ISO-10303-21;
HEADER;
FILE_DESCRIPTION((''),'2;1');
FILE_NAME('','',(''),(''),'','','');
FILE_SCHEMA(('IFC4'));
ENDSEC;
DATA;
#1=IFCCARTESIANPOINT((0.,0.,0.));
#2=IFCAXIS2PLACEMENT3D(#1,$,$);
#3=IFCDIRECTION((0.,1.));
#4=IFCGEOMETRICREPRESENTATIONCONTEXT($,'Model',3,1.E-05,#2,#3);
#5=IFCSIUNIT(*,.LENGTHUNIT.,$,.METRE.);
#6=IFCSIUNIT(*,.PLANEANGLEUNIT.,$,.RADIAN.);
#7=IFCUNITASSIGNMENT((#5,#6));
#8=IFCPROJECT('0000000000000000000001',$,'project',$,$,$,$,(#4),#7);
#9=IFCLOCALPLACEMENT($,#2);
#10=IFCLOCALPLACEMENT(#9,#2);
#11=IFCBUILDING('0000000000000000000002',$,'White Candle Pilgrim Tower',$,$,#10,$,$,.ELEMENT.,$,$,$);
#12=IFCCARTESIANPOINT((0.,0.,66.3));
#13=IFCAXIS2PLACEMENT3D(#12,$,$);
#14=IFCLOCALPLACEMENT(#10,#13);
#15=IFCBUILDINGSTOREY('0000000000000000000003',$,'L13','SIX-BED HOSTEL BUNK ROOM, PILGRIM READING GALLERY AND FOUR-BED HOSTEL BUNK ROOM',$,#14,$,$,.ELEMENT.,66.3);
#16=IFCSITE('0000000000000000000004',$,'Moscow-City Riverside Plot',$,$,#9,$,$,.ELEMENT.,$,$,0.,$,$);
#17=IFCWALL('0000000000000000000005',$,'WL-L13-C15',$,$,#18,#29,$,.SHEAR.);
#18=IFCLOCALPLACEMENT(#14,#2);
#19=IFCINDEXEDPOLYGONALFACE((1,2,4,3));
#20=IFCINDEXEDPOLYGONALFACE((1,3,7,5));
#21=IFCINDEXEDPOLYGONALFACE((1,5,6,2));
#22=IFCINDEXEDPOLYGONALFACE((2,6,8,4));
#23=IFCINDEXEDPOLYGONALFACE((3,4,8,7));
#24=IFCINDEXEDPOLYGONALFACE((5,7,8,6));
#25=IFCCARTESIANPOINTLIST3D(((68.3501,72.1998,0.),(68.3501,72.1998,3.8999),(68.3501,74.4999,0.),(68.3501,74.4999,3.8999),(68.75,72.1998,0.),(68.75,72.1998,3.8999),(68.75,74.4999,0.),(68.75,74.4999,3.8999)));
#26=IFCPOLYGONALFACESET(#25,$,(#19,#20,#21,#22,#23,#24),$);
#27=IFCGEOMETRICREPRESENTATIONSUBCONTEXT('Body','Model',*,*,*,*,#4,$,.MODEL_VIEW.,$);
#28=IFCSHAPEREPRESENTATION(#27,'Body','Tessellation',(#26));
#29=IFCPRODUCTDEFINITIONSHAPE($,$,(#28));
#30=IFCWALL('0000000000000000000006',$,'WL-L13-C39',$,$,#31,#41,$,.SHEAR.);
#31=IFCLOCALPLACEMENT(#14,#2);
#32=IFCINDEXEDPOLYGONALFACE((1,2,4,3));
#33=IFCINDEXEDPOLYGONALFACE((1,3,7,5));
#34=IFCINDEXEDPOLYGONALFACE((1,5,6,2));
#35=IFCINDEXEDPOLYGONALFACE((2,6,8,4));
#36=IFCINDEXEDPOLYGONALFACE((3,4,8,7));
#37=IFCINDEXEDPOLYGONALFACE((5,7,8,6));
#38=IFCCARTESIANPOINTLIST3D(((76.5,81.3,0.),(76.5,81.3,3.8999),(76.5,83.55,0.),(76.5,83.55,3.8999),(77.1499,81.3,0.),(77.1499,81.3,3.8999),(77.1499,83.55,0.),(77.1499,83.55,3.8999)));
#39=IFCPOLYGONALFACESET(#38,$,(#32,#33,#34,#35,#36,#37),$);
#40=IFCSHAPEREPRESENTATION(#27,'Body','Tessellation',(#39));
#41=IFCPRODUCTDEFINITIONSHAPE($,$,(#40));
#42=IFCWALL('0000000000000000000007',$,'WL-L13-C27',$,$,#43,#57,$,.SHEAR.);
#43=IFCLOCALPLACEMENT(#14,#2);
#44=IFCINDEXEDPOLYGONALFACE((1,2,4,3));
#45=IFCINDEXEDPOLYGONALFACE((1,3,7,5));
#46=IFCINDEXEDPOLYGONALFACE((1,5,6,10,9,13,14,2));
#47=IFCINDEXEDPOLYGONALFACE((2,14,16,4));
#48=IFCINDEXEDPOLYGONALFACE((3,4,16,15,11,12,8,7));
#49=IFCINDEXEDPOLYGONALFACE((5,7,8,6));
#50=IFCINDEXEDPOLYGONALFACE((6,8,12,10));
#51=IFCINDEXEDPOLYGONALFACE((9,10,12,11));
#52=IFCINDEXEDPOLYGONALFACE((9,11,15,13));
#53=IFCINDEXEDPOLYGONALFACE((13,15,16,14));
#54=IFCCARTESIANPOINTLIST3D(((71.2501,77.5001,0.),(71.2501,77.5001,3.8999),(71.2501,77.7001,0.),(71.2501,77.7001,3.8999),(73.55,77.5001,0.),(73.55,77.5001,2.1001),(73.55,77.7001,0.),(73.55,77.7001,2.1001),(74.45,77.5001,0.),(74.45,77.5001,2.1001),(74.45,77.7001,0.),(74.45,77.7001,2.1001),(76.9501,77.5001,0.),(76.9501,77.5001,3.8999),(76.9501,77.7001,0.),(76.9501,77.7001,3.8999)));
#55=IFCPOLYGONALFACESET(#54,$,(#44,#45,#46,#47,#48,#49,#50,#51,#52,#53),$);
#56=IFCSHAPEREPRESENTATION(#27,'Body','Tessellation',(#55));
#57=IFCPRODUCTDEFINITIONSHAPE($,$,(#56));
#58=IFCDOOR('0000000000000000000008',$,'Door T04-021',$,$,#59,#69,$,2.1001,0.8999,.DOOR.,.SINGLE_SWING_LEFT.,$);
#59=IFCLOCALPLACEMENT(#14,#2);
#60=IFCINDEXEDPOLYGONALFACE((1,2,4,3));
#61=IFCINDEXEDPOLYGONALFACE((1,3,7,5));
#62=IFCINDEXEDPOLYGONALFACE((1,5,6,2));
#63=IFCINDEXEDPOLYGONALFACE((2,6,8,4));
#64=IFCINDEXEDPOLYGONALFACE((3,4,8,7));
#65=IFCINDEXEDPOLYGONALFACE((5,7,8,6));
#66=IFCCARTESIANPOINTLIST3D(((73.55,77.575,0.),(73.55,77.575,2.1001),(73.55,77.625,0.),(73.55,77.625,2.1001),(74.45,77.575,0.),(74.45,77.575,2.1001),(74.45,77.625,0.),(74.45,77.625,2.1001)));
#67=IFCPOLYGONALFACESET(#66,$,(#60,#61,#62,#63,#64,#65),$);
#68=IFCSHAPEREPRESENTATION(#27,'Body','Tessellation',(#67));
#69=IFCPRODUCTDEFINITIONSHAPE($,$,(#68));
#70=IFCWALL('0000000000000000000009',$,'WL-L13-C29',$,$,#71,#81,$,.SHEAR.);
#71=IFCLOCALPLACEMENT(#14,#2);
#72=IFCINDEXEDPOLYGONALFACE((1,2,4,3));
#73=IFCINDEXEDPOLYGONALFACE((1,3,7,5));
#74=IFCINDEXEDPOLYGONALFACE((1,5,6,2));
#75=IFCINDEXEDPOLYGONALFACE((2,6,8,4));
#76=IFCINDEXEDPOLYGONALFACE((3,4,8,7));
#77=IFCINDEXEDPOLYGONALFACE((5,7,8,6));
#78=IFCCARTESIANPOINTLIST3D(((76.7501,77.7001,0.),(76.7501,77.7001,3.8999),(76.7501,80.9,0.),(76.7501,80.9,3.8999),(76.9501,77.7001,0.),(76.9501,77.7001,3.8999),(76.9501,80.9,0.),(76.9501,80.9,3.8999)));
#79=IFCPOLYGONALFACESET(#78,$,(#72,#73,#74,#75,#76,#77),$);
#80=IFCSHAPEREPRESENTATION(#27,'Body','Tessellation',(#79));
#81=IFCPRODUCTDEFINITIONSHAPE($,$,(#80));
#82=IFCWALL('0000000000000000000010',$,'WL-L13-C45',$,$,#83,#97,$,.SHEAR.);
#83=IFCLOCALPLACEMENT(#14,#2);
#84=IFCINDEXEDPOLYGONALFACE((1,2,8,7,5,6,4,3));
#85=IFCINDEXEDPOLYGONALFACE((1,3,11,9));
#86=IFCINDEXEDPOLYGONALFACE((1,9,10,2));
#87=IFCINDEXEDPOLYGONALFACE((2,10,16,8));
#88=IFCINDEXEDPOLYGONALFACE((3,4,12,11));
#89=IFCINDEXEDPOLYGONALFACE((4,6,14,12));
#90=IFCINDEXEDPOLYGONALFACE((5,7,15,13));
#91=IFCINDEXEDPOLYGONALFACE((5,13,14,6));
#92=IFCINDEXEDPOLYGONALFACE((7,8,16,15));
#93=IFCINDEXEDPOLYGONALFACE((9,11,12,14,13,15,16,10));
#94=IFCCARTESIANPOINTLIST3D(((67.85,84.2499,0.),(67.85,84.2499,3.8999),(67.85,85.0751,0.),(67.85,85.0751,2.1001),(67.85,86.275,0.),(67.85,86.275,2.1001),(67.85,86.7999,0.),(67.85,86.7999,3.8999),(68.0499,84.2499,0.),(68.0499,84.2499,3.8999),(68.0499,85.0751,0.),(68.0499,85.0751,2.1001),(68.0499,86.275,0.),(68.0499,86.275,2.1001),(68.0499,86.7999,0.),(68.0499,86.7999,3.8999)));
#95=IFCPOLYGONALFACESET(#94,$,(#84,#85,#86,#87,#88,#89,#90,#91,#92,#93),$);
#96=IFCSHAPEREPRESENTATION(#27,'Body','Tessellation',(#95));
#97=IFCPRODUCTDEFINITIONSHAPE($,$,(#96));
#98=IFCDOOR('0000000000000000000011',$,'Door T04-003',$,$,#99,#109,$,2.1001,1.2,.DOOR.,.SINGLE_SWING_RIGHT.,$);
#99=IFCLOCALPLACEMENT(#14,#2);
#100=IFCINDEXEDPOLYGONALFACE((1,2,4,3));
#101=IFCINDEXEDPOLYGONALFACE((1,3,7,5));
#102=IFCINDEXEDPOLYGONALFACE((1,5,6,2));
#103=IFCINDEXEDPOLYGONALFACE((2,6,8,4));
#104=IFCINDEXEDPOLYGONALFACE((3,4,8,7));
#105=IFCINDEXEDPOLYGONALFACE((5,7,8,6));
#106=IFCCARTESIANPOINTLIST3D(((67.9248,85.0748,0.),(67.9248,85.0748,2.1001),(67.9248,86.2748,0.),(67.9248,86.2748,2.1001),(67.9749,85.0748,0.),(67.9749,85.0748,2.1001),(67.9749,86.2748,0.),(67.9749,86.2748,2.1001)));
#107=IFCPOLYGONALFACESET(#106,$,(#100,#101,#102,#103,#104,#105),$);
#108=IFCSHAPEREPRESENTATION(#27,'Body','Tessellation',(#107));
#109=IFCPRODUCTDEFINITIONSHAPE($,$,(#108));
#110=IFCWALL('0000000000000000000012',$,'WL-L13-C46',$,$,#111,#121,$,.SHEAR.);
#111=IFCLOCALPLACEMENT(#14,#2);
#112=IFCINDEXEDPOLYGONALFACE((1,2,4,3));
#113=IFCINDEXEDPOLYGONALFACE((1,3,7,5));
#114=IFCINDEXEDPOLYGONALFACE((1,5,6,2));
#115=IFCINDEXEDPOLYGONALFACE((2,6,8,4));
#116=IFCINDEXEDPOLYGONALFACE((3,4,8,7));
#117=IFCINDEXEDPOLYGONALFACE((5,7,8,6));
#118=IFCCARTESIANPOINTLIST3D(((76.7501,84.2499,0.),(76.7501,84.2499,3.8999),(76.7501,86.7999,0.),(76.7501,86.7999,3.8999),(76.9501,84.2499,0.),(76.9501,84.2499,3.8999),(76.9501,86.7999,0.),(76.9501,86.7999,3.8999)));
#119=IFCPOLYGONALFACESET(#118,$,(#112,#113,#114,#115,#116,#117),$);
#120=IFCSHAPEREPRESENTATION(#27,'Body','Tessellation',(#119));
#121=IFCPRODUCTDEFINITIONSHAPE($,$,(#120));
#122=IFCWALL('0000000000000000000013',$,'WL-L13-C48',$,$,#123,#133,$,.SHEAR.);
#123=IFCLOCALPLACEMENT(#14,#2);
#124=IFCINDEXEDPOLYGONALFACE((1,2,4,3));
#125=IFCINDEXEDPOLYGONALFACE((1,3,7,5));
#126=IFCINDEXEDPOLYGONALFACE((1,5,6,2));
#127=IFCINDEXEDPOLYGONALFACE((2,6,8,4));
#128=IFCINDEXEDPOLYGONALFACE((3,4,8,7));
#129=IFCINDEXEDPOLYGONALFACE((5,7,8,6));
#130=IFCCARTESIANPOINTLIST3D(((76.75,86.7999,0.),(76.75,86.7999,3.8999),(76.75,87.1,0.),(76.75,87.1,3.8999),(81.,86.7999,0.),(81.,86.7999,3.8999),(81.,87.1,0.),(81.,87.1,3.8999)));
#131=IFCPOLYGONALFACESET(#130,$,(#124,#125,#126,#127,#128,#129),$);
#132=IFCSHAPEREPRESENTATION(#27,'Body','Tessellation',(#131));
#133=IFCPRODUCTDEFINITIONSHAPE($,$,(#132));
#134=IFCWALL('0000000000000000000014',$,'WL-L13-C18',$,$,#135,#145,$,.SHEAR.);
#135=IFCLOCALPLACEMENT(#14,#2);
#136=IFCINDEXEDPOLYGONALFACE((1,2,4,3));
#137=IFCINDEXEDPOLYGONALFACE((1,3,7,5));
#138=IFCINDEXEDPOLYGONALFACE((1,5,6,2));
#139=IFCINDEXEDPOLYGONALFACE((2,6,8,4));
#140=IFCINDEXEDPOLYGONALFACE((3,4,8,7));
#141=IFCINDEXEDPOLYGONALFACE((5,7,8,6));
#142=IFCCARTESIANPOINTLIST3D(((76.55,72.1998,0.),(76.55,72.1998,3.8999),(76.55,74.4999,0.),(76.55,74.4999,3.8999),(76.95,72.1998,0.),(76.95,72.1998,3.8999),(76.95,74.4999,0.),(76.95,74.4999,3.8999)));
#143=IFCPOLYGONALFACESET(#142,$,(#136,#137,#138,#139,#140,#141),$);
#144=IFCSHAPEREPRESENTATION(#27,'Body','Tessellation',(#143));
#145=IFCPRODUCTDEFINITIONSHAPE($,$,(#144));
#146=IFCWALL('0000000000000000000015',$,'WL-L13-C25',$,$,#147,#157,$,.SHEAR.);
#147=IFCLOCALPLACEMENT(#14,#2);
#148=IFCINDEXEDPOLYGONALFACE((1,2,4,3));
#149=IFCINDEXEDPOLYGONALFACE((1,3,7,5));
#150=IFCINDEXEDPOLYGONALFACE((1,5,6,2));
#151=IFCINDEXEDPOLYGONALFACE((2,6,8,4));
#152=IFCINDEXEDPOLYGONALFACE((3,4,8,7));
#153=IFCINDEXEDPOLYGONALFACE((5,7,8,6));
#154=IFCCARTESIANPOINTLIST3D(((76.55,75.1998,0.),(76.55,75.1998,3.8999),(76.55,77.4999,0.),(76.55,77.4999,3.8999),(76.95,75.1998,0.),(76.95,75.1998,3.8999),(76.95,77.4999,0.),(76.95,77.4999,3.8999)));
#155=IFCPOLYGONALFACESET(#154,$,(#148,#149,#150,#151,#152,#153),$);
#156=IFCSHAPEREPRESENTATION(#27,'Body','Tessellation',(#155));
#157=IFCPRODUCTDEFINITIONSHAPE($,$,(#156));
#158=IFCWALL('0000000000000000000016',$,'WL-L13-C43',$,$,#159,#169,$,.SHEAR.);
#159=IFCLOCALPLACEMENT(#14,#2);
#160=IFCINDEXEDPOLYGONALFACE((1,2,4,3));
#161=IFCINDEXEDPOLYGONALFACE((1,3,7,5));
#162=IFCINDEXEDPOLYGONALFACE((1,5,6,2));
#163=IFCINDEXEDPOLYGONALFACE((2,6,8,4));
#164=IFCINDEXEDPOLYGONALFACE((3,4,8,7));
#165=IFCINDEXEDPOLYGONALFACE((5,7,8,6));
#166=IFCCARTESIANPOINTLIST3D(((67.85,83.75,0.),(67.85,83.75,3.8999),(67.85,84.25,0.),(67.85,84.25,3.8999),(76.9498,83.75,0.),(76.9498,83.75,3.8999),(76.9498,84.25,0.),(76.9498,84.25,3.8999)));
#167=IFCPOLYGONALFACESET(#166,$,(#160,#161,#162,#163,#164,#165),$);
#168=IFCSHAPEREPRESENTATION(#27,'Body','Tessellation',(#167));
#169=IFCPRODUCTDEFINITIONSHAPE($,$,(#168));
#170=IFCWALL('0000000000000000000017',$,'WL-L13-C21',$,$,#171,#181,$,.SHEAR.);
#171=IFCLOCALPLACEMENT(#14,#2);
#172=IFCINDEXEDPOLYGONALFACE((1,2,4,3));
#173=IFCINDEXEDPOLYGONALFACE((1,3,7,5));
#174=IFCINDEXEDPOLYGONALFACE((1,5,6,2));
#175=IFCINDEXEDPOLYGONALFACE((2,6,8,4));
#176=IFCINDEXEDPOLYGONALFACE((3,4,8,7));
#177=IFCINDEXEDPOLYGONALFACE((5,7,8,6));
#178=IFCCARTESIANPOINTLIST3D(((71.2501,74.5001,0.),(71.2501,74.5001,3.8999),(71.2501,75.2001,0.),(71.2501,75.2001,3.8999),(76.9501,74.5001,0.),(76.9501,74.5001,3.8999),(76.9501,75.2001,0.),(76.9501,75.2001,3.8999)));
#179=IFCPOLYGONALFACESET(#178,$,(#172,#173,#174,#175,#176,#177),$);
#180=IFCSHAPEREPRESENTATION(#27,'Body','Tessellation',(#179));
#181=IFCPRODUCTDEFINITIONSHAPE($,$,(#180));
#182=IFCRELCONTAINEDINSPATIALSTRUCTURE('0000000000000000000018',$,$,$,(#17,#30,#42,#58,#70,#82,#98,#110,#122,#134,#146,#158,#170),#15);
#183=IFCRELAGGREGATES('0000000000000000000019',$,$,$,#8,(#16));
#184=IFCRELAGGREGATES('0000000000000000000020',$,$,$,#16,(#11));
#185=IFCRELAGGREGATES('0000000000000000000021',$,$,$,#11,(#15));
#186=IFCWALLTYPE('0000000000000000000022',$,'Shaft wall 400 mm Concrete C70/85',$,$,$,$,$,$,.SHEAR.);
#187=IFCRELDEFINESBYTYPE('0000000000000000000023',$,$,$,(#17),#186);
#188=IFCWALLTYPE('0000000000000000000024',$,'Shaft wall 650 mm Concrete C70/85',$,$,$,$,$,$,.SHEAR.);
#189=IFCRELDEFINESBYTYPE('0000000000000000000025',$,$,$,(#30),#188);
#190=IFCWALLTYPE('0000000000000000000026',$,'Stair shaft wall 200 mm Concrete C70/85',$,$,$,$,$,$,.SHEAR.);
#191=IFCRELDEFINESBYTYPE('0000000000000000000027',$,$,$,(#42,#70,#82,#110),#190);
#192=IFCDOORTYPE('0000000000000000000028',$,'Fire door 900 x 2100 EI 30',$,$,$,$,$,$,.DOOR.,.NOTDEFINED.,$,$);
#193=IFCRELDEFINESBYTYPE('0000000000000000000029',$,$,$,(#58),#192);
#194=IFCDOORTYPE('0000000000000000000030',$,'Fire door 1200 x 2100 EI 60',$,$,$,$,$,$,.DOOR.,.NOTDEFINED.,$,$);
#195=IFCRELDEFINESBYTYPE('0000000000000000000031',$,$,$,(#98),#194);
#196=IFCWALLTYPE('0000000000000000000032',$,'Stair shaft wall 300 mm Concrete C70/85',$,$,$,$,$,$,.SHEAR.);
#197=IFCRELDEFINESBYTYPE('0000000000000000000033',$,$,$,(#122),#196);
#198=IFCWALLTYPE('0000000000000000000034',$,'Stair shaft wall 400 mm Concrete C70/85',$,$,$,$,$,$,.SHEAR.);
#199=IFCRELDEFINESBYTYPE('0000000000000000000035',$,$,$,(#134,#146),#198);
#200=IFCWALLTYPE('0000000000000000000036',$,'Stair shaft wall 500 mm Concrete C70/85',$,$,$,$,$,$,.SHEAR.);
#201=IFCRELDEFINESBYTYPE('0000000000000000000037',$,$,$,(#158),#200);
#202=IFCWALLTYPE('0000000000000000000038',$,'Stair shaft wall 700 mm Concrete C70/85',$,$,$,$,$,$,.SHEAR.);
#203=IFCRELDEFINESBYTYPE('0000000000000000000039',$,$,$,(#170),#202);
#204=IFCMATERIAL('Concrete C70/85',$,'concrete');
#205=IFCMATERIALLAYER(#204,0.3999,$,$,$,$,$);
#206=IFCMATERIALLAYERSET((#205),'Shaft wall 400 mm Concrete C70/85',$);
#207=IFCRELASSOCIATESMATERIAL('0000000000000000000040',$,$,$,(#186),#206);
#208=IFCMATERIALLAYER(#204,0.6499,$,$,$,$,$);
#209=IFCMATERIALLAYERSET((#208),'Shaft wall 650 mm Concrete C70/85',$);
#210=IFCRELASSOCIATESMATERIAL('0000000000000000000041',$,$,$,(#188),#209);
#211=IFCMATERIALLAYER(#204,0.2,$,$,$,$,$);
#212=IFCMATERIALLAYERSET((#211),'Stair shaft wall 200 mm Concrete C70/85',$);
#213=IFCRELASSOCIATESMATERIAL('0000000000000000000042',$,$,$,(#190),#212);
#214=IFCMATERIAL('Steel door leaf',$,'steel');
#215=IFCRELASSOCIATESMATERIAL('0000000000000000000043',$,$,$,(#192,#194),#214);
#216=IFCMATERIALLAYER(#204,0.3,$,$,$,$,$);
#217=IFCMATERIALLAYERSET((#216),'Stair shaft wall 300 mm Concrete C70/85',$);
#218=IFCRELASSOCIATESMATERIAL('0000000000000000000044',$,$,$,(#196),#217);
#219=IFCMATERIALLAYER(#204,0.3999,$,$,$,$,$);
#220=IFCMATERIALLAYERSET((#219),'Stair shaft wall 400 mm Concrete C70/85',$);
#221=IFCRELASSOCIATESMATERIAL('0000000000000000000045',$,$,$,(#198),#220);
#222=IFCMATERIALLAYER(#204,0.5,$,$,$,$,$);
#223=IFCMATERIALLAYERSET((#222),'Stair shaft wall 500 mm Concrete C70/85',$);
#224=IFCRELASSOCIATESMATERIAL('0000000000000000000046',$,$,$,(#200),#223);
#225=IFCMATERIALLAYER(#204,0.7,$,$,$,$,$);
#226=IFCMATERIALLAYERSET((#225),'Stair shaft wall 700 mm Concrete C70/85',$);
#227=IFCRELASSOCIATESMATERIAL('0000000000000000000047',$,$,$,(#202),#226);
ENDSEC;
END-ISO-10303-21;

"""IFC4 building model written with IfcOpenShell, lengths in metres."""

from ifc_helpers import new_model, si_unit, direction, frame, frame_2d, origin, place, context, subcontext, project, spatial, rectangle, extrude, material, layer, layer_set, type_object, element, fill, save


model = new_model("IFC4")

# Units and contexts
model_context = context("Model", 3, precision=1e-05, world=origin(), true_north=direction((0.0, 1.0)))
body_context = subcontext(model_context, "Body", "Model", "MODEL_VIEW")
ifc_project = project(units=[si_unit("LENGTHUNIT", "METRE"), si_unit("PLANEANGLEUNIT", "RADIAN")], contexts=[model_context])

# Site, building, storey
site_placement = place(None, origin())
site = spatial("IfcSite", under=ifc_project, at=site_placement, Name="Moscow-City Riverside Plot", CompositionType="ELEMENT", RefElevation=0.0)
building_placement = place(site_placement, origin())
building = spatial("IfcBuilding", under=site, at=building_placement, Name="White Candle Pilgrim Tower", CompositionType="ELEMENT")
storey_placement = place(building_placement, frame((0.0, 0.0, 66.3)))
storey = spatial("IfcBuildingStorey", under=building, at=storey_placement, Name="L13", Description="SIX-BED HOSTEL BUNK ROOM, PILGRIM READING GALLERY AND FOUR-BED HOSTEL BUNK ROOM", CompositionType="ELEMENT", Elevation=66.3)

# Walls
ifc_material_1 = material(Name="Concrete C70/85", Category="concrete")
ifc_layer_1 = layer(ifc_material_1, 0.3999)
ifc_layer_set_1 = layer_set([ifc_layer_1], Name="Shaft wall 400 mm Concrete C70/85")
wall_type_1 = type_object("IfcWallType", Name="Shaft wall 400 mm Concrete C70/85", PredefinedType="SHEAR", material=ifc_layer_set_1)
wall_1_placement = place(storey_placement, frame((68.55, 72.2, 0.0), z_axis=(0.0, 0.0, 1.0), x_axis=(0.0, 1.0, 0.0)))
element("IfcWall", 1, at=wall_1_placement, inside=storey, type_object=wall_type_1, Name="WL-L13-C15", PredefinedType="SHEAR", context=body_context, shape_type="SweptSolid", body=[
    extrude(rectangle(XDim=2.3, YDim=0.3999, at=frame_2d((1.1499, 0.0))), origin(), (0.0, 0.0, 1.0), 3.8999),
])
ifc_layer_2 = layer(ifc_material_1, 0.6499)
ifc_layer_set_2 = layer_set([ifc_layer_2], Name="Shaft wall 650 mm Concrete C70/85")
wall_type_2 = type_object("IfcWallType", Name="Shaft wall 650 mm Concrete C70/85", PredefinedType="SHEAR", material=ifc_layer_set_2)
wall_2_placement = place(storey_placement, frame((76.825, 81.3, 0.0), z_axis=(0.0, 0.0, 1.0), x_axis=(0.0, 1.0, 0.0)))
element("IfcWall", 2, at=wall_2_placement, inside=storey, type_object=wall_type_2, Name="WL-L13-C39", PredefinedType="SHEAR", context=body_context, shape_type="SweptSolid", body=[
    extrude(rectangle(XDim=2.25, YDim=0.6499, at=frame_2d((1.125, 0.0))), origin(), (0.0, 0.0, 1.0), 3.8999),
])

# Wall, opening, door
ifc_layer_3 = layer(ifc_material_1, 0.2)
ifc_layer_set_3 = layer_set([ifc_layer_3], Name="Stair shaft wall 200 mm Concrete C70/85")
wall_type_3 = type_object("IfcWallType", Name="Stair shaft wall 200 mm Concrete C70/85", PredefinedType="SHEAR", material=ifc_layer_set_3)
wall_3_placement = place(storey_placement, frame((71.25, 77.6001, 0.0), z_axis=(0.0, 0.0, 1.0), x_axis=(1.0, 0.0, 0.0)))
wall_3 = element("IfcWall", 3, at=wall_3_placement, inside=storey, type_object=wall_type_3, Name="WL-L13-C27", PredefinedType="SHEAR", context=body_context, shape_type="SweptSolid", body=[
    extrude(rectangle(XDim=5.7, YDim=0.2, at=frame_2d((2.8501, 0.0))), origin(), (0.0, 0.0, 1.0), 3.8999),
])
opening_1_placement = place(wall_3_placement, frame((2.3, 0.0, 0.0)))
opening_1 = element("IfcOpeningElement", 4, at=opening_1_placement, cuts=wall_3, PredefinedType="OPENING", context=body_context, shape_type="SweptSolid", body=[
    extrude(rectangle(XDim=0.8999, YDim=2.1001, at=frame_2d((0.45, 1.05))), frame((0.0, 0.1099, 0.0), z_axis=(0.0, -1.0, 0.0), x_axis=(1.0, 0.0, 0.0)), (0.0, 0.0, 1.0), 0.22),
])
ifc_material_2 = material(Name="Steel door leaf", Category="steel")
door_type_1 = type_object("IfcDoorType", Name="Fire door 900 x 2100 EI 30", OperationType="NOTDEFINED", PredefinedType="DOOR", material=ifc_material_2)
door_1_placement = place(opening_1_placement, origin())
door_1 = element("IfcDoor", 5, at=door_1_placement, inside=storey, type_object=door_type_1, Name="Door T04-021", OperationType="SINGLE_SWING_LEFT", OverallHeight=2.1001, OverallWidth=0.8999, PredefinedType="DOOR", context=body_context, shape_type="SweptSolid", body=[
    extrude(rectangle(XDim=0.8999, YDim=2.1001, at=frame_2d((0.45, 1.05))), frame((0.0, 0.0249, 0.0), z_axis=(0.0, -1.0, 0.0), x_axis=(1.0, 0.0, 0.0)), (0.0, 0.0, 1.0), 0.05),
])
fill(opening_1, door_1)

# Wall
wall_4_placement = place(storey_placement, frame((76.8501, 77.7, 0.0), z_axis=(0.0, 0.0, 1.0), x_axis=(0.0, 1.0, 0.0)))
element("IfcWall", 6, at=wall_4_placement, inside=storey, type_object=wall_type_3, Name="WL-L13-C29", PredefinedType="SHEAR", context=body_context, shape_type="SweptSolid", body=[
    extrude(rectangle(XDim=3.2, YDim=0.2, at=frame_2d((1.6001, 0.0))), origin(), (0.0, 0.0, 1.0), 3.8999),
])

# Wall, opening, door
wall_5_placement = place(storey_placement, frame((67.95, 84.25, 0.0), z_axis=(0.0, 0.0, 1.0), x_axis=(0.0, 1.0, 0.0)))
wall_5 = element("IfcWall", 7, at=wall_5_placement, inside=storey, type_object=wall_type_3, Name="WL-L13-C45", PredefinedType="SHEAR", context=body_context, shape_type="SweptSolid", body=[
    extrude(rectangle(XDim=2.55, YDim=0.2, at=frame_2d((1.2749, 0.0))), origin(), (0.0, 0.0, 1.0), 3.8999),
])
opening_2_placement = place(wall_5_placement, frame((0.825, 0.0, 0.0)))
opening_2 = element("IfcOpeningElement", 8, at=opening_2_placement, cuts=wall_5, PredefinedType="OPENING", context=body_context, shape_type="SweptSolid", body=[
    extrude(rectangle(XDim=1.2, YDim=2.1001, at=frame_2d((0.6001, 1.05))), frame((0.0, 0.1099, 0.0), z_axis=(0.0, -1.0, 0.0), x_axis=(1.0, 0.0, 0.0)), (0.0, 0.0, 1.0), 0.22),
])
door_type_2 = type_object("IfcDoorType", Name="Fire door 1200 x 2100 EI 60", OperationType="NOTDEFINED", PredefinedType="DOOR", material=ifc_material_2)
door_2_placement = place(opening_2_placement, frame((1.2, 0.0, 0.0), z_axis=(0.0, 0.0, 1.0), x_axis=(-1.0, 0.0, 0.0)))
door_2 = element("IfcDoor", 9, at=door_2_placement, inside=storey, type_object=door_type_2, Name="Door T04-003", OperationType="SINGLE_SWING_RIGHT", OverallHeight=2.1001, OverallWidth=1.2, PredefinedType="DOOR", context=body_context, shape_type="SweptSolid", body=[
    extrude(rectangle(XDim=1.2, YDim=2.1001, at=frame_2d((0.6001, 1.05))), frame((0.0, 0.0249, 0.0), z_axis=(0.0, -1.0, 0.0), x_axis=(1.0, 0.0, 0.0)), (0.0, 0.0, 1.0), 0.05),
])
fill(opening_2, door_2)

# Walls
wall_6_placement = place(storey_placement, frame((76.8501, 84.25, 0.0), z_axis=(0.0, 0.0, 1.0), x_axis=(0.0, 1.0, 0.0)))
element("IfcWall", 10, at=wall_6_placement, inside=storey, type_object=wall_type_3, Name="WL-L13-C46", PredefinedType="SHEAR", context=body_context, shape_type="SweptSolid", body=[
    extrude(rectangle(XDim=2.55, YDim=0.2, at=frame_2d((1.2749, 0.0))), origin(), (0.0, 0.0, 1.0), 3.8999),
])
ifc_layer_4 = layer(ifc_material_1, 0.3)
ifc_layer_set_4 = layer_set([ifc_layer_4], Name="Stair shaft wall 300 mm Concrete C70/85")
wall_type_4 = type_object("IfcWallType", Name="Stair shaft wall 300 mm Concrete C70/85", PredefinedType="SHEAR", material=ifc_layer_set_4)
wall_7_placement = place(storey_placement, frame((76.75, 86.95, 0.0), z_axis=(0.0, 0.0, 1.0), x_axis=(1.0, 0.0, 0.0)))
element("IfcWall", 11, at=wall_7_placement, inside=storey, type_object=wall_type_4, Name="WL-L13-C48", PredefinedType="SHEAR", context=body_context, shape_type="SweptSolid", body=[
    extrude(rectangle(XDim=4.25, YDim=0.3, at=frame_2d((2.125, 0.0))), origin(), (0.0, 0.0, 1.0), 3.8999),
])
ifc_layer_5 = layer(ifc_material_1, 0.3999)
ifc_layer_set_5 = layer_set([ifc_layer_5], Name="Stair shaft wall 400 mm Concrete C70/85")
wall_type_5 = type_object("IfcWallType", Name="Stair shaft wall 400 mm Concrete C70/85", PredefinedType="SHEAR", material=ifc_layer_set_5)
for number, where, z_axis, x_axis, name in (
    (12, (76.75, 72.2, 0.0), (0.0, 0.0, 1.0), (0.0, 1.0, 0.0), "WL-L13-C18"),
    (13, (76.75, 75.2, 0.0), (0.0, 0.0, 1.0), (0.0, 1.0, 0.0), "WL-L13-C25"),
):
    element("IfcWall", number, at=place(storey_placement, frame(where, z_axis=z_axis, x_axis=x_axis)), inside=storey, type_object=wall_type_5, Name=name, PredefinedType="SHEAR", context=body_context, shape_type="SweptSolid", body=[
        extrude(rectangle(XDim=2.3, YDim=0.3999, at=frame_2d((1.1499, 0.0))), origin(), (0.0, 0.0, 1.0), 3.8999),
    ])
ifc_layer_6 = layer(ifc_material_1, 0.5)
ifc_layer_set_6 = layer_set([ifc_layer_6], Name="Stair shaft wall 500 mm Concrete C70/85")
wall_type_6 = type_object("IfcWallType", Name="Stair shaft wall 500 mm Concrete C70/85", PredefinedType="SHEAR", material=ifc_layer_set_6)
wall_8_placement = place(storey_placement, frame((67.8501, 84.0, 0.0), z_axis=(0.0, 0.0, 1.0), x_axis=(1.0, 0.0, 0.0)))
element("IfcWall", 14, at=wall_8_placement, inside=storey, type_object=wall_type_6, Name="WL-L13-C43", PredefinedType="SHEAR", context=body_context, shape_type="SweptSolid", body=[
    extrude(rectangle(XDim=9.0999, YDim=0.5, at=frame_2d((4.5498, 0.0))), origin(), (0.0, 0.0, 1.0), 3.8999),
])
ifc_layer_7 = layer(ifc_material_1, 0.7)
ifc_layer_set_7 = layer_set([ifc_layer_7], Name="Stair shaft wall 700 mm Concrete C70/85")
wall_type_7 = type_object("IfcWallType", Name="Stair shaft wall 700 mm Concrete C70/85", PredefinedType="SHEAR", material=ifc_layer_set_7)
wall_9_placement = place(storey_placement, frame((71.25, 74.8501, 0.0), z_axis=(0.0, 0.0, 1.0), x_axis=(1.0, 0.0, 0.0)))
element("IfcWall", 15, at=wall_9_placement, inside=storey, type_object=wall_type_7, Name="WL-L13-C21", PredefinedType="SHEAR", context=body_context, shape_type="SweptSolid", body=[
    extrude(rectangle(XDim=5.7, YDim=0.7, at=frame_2d((2.8501, 0.0))), origin(), (0.0, 0.0, 1.0), 3.8999),
])

save(model, "model.ifc")
